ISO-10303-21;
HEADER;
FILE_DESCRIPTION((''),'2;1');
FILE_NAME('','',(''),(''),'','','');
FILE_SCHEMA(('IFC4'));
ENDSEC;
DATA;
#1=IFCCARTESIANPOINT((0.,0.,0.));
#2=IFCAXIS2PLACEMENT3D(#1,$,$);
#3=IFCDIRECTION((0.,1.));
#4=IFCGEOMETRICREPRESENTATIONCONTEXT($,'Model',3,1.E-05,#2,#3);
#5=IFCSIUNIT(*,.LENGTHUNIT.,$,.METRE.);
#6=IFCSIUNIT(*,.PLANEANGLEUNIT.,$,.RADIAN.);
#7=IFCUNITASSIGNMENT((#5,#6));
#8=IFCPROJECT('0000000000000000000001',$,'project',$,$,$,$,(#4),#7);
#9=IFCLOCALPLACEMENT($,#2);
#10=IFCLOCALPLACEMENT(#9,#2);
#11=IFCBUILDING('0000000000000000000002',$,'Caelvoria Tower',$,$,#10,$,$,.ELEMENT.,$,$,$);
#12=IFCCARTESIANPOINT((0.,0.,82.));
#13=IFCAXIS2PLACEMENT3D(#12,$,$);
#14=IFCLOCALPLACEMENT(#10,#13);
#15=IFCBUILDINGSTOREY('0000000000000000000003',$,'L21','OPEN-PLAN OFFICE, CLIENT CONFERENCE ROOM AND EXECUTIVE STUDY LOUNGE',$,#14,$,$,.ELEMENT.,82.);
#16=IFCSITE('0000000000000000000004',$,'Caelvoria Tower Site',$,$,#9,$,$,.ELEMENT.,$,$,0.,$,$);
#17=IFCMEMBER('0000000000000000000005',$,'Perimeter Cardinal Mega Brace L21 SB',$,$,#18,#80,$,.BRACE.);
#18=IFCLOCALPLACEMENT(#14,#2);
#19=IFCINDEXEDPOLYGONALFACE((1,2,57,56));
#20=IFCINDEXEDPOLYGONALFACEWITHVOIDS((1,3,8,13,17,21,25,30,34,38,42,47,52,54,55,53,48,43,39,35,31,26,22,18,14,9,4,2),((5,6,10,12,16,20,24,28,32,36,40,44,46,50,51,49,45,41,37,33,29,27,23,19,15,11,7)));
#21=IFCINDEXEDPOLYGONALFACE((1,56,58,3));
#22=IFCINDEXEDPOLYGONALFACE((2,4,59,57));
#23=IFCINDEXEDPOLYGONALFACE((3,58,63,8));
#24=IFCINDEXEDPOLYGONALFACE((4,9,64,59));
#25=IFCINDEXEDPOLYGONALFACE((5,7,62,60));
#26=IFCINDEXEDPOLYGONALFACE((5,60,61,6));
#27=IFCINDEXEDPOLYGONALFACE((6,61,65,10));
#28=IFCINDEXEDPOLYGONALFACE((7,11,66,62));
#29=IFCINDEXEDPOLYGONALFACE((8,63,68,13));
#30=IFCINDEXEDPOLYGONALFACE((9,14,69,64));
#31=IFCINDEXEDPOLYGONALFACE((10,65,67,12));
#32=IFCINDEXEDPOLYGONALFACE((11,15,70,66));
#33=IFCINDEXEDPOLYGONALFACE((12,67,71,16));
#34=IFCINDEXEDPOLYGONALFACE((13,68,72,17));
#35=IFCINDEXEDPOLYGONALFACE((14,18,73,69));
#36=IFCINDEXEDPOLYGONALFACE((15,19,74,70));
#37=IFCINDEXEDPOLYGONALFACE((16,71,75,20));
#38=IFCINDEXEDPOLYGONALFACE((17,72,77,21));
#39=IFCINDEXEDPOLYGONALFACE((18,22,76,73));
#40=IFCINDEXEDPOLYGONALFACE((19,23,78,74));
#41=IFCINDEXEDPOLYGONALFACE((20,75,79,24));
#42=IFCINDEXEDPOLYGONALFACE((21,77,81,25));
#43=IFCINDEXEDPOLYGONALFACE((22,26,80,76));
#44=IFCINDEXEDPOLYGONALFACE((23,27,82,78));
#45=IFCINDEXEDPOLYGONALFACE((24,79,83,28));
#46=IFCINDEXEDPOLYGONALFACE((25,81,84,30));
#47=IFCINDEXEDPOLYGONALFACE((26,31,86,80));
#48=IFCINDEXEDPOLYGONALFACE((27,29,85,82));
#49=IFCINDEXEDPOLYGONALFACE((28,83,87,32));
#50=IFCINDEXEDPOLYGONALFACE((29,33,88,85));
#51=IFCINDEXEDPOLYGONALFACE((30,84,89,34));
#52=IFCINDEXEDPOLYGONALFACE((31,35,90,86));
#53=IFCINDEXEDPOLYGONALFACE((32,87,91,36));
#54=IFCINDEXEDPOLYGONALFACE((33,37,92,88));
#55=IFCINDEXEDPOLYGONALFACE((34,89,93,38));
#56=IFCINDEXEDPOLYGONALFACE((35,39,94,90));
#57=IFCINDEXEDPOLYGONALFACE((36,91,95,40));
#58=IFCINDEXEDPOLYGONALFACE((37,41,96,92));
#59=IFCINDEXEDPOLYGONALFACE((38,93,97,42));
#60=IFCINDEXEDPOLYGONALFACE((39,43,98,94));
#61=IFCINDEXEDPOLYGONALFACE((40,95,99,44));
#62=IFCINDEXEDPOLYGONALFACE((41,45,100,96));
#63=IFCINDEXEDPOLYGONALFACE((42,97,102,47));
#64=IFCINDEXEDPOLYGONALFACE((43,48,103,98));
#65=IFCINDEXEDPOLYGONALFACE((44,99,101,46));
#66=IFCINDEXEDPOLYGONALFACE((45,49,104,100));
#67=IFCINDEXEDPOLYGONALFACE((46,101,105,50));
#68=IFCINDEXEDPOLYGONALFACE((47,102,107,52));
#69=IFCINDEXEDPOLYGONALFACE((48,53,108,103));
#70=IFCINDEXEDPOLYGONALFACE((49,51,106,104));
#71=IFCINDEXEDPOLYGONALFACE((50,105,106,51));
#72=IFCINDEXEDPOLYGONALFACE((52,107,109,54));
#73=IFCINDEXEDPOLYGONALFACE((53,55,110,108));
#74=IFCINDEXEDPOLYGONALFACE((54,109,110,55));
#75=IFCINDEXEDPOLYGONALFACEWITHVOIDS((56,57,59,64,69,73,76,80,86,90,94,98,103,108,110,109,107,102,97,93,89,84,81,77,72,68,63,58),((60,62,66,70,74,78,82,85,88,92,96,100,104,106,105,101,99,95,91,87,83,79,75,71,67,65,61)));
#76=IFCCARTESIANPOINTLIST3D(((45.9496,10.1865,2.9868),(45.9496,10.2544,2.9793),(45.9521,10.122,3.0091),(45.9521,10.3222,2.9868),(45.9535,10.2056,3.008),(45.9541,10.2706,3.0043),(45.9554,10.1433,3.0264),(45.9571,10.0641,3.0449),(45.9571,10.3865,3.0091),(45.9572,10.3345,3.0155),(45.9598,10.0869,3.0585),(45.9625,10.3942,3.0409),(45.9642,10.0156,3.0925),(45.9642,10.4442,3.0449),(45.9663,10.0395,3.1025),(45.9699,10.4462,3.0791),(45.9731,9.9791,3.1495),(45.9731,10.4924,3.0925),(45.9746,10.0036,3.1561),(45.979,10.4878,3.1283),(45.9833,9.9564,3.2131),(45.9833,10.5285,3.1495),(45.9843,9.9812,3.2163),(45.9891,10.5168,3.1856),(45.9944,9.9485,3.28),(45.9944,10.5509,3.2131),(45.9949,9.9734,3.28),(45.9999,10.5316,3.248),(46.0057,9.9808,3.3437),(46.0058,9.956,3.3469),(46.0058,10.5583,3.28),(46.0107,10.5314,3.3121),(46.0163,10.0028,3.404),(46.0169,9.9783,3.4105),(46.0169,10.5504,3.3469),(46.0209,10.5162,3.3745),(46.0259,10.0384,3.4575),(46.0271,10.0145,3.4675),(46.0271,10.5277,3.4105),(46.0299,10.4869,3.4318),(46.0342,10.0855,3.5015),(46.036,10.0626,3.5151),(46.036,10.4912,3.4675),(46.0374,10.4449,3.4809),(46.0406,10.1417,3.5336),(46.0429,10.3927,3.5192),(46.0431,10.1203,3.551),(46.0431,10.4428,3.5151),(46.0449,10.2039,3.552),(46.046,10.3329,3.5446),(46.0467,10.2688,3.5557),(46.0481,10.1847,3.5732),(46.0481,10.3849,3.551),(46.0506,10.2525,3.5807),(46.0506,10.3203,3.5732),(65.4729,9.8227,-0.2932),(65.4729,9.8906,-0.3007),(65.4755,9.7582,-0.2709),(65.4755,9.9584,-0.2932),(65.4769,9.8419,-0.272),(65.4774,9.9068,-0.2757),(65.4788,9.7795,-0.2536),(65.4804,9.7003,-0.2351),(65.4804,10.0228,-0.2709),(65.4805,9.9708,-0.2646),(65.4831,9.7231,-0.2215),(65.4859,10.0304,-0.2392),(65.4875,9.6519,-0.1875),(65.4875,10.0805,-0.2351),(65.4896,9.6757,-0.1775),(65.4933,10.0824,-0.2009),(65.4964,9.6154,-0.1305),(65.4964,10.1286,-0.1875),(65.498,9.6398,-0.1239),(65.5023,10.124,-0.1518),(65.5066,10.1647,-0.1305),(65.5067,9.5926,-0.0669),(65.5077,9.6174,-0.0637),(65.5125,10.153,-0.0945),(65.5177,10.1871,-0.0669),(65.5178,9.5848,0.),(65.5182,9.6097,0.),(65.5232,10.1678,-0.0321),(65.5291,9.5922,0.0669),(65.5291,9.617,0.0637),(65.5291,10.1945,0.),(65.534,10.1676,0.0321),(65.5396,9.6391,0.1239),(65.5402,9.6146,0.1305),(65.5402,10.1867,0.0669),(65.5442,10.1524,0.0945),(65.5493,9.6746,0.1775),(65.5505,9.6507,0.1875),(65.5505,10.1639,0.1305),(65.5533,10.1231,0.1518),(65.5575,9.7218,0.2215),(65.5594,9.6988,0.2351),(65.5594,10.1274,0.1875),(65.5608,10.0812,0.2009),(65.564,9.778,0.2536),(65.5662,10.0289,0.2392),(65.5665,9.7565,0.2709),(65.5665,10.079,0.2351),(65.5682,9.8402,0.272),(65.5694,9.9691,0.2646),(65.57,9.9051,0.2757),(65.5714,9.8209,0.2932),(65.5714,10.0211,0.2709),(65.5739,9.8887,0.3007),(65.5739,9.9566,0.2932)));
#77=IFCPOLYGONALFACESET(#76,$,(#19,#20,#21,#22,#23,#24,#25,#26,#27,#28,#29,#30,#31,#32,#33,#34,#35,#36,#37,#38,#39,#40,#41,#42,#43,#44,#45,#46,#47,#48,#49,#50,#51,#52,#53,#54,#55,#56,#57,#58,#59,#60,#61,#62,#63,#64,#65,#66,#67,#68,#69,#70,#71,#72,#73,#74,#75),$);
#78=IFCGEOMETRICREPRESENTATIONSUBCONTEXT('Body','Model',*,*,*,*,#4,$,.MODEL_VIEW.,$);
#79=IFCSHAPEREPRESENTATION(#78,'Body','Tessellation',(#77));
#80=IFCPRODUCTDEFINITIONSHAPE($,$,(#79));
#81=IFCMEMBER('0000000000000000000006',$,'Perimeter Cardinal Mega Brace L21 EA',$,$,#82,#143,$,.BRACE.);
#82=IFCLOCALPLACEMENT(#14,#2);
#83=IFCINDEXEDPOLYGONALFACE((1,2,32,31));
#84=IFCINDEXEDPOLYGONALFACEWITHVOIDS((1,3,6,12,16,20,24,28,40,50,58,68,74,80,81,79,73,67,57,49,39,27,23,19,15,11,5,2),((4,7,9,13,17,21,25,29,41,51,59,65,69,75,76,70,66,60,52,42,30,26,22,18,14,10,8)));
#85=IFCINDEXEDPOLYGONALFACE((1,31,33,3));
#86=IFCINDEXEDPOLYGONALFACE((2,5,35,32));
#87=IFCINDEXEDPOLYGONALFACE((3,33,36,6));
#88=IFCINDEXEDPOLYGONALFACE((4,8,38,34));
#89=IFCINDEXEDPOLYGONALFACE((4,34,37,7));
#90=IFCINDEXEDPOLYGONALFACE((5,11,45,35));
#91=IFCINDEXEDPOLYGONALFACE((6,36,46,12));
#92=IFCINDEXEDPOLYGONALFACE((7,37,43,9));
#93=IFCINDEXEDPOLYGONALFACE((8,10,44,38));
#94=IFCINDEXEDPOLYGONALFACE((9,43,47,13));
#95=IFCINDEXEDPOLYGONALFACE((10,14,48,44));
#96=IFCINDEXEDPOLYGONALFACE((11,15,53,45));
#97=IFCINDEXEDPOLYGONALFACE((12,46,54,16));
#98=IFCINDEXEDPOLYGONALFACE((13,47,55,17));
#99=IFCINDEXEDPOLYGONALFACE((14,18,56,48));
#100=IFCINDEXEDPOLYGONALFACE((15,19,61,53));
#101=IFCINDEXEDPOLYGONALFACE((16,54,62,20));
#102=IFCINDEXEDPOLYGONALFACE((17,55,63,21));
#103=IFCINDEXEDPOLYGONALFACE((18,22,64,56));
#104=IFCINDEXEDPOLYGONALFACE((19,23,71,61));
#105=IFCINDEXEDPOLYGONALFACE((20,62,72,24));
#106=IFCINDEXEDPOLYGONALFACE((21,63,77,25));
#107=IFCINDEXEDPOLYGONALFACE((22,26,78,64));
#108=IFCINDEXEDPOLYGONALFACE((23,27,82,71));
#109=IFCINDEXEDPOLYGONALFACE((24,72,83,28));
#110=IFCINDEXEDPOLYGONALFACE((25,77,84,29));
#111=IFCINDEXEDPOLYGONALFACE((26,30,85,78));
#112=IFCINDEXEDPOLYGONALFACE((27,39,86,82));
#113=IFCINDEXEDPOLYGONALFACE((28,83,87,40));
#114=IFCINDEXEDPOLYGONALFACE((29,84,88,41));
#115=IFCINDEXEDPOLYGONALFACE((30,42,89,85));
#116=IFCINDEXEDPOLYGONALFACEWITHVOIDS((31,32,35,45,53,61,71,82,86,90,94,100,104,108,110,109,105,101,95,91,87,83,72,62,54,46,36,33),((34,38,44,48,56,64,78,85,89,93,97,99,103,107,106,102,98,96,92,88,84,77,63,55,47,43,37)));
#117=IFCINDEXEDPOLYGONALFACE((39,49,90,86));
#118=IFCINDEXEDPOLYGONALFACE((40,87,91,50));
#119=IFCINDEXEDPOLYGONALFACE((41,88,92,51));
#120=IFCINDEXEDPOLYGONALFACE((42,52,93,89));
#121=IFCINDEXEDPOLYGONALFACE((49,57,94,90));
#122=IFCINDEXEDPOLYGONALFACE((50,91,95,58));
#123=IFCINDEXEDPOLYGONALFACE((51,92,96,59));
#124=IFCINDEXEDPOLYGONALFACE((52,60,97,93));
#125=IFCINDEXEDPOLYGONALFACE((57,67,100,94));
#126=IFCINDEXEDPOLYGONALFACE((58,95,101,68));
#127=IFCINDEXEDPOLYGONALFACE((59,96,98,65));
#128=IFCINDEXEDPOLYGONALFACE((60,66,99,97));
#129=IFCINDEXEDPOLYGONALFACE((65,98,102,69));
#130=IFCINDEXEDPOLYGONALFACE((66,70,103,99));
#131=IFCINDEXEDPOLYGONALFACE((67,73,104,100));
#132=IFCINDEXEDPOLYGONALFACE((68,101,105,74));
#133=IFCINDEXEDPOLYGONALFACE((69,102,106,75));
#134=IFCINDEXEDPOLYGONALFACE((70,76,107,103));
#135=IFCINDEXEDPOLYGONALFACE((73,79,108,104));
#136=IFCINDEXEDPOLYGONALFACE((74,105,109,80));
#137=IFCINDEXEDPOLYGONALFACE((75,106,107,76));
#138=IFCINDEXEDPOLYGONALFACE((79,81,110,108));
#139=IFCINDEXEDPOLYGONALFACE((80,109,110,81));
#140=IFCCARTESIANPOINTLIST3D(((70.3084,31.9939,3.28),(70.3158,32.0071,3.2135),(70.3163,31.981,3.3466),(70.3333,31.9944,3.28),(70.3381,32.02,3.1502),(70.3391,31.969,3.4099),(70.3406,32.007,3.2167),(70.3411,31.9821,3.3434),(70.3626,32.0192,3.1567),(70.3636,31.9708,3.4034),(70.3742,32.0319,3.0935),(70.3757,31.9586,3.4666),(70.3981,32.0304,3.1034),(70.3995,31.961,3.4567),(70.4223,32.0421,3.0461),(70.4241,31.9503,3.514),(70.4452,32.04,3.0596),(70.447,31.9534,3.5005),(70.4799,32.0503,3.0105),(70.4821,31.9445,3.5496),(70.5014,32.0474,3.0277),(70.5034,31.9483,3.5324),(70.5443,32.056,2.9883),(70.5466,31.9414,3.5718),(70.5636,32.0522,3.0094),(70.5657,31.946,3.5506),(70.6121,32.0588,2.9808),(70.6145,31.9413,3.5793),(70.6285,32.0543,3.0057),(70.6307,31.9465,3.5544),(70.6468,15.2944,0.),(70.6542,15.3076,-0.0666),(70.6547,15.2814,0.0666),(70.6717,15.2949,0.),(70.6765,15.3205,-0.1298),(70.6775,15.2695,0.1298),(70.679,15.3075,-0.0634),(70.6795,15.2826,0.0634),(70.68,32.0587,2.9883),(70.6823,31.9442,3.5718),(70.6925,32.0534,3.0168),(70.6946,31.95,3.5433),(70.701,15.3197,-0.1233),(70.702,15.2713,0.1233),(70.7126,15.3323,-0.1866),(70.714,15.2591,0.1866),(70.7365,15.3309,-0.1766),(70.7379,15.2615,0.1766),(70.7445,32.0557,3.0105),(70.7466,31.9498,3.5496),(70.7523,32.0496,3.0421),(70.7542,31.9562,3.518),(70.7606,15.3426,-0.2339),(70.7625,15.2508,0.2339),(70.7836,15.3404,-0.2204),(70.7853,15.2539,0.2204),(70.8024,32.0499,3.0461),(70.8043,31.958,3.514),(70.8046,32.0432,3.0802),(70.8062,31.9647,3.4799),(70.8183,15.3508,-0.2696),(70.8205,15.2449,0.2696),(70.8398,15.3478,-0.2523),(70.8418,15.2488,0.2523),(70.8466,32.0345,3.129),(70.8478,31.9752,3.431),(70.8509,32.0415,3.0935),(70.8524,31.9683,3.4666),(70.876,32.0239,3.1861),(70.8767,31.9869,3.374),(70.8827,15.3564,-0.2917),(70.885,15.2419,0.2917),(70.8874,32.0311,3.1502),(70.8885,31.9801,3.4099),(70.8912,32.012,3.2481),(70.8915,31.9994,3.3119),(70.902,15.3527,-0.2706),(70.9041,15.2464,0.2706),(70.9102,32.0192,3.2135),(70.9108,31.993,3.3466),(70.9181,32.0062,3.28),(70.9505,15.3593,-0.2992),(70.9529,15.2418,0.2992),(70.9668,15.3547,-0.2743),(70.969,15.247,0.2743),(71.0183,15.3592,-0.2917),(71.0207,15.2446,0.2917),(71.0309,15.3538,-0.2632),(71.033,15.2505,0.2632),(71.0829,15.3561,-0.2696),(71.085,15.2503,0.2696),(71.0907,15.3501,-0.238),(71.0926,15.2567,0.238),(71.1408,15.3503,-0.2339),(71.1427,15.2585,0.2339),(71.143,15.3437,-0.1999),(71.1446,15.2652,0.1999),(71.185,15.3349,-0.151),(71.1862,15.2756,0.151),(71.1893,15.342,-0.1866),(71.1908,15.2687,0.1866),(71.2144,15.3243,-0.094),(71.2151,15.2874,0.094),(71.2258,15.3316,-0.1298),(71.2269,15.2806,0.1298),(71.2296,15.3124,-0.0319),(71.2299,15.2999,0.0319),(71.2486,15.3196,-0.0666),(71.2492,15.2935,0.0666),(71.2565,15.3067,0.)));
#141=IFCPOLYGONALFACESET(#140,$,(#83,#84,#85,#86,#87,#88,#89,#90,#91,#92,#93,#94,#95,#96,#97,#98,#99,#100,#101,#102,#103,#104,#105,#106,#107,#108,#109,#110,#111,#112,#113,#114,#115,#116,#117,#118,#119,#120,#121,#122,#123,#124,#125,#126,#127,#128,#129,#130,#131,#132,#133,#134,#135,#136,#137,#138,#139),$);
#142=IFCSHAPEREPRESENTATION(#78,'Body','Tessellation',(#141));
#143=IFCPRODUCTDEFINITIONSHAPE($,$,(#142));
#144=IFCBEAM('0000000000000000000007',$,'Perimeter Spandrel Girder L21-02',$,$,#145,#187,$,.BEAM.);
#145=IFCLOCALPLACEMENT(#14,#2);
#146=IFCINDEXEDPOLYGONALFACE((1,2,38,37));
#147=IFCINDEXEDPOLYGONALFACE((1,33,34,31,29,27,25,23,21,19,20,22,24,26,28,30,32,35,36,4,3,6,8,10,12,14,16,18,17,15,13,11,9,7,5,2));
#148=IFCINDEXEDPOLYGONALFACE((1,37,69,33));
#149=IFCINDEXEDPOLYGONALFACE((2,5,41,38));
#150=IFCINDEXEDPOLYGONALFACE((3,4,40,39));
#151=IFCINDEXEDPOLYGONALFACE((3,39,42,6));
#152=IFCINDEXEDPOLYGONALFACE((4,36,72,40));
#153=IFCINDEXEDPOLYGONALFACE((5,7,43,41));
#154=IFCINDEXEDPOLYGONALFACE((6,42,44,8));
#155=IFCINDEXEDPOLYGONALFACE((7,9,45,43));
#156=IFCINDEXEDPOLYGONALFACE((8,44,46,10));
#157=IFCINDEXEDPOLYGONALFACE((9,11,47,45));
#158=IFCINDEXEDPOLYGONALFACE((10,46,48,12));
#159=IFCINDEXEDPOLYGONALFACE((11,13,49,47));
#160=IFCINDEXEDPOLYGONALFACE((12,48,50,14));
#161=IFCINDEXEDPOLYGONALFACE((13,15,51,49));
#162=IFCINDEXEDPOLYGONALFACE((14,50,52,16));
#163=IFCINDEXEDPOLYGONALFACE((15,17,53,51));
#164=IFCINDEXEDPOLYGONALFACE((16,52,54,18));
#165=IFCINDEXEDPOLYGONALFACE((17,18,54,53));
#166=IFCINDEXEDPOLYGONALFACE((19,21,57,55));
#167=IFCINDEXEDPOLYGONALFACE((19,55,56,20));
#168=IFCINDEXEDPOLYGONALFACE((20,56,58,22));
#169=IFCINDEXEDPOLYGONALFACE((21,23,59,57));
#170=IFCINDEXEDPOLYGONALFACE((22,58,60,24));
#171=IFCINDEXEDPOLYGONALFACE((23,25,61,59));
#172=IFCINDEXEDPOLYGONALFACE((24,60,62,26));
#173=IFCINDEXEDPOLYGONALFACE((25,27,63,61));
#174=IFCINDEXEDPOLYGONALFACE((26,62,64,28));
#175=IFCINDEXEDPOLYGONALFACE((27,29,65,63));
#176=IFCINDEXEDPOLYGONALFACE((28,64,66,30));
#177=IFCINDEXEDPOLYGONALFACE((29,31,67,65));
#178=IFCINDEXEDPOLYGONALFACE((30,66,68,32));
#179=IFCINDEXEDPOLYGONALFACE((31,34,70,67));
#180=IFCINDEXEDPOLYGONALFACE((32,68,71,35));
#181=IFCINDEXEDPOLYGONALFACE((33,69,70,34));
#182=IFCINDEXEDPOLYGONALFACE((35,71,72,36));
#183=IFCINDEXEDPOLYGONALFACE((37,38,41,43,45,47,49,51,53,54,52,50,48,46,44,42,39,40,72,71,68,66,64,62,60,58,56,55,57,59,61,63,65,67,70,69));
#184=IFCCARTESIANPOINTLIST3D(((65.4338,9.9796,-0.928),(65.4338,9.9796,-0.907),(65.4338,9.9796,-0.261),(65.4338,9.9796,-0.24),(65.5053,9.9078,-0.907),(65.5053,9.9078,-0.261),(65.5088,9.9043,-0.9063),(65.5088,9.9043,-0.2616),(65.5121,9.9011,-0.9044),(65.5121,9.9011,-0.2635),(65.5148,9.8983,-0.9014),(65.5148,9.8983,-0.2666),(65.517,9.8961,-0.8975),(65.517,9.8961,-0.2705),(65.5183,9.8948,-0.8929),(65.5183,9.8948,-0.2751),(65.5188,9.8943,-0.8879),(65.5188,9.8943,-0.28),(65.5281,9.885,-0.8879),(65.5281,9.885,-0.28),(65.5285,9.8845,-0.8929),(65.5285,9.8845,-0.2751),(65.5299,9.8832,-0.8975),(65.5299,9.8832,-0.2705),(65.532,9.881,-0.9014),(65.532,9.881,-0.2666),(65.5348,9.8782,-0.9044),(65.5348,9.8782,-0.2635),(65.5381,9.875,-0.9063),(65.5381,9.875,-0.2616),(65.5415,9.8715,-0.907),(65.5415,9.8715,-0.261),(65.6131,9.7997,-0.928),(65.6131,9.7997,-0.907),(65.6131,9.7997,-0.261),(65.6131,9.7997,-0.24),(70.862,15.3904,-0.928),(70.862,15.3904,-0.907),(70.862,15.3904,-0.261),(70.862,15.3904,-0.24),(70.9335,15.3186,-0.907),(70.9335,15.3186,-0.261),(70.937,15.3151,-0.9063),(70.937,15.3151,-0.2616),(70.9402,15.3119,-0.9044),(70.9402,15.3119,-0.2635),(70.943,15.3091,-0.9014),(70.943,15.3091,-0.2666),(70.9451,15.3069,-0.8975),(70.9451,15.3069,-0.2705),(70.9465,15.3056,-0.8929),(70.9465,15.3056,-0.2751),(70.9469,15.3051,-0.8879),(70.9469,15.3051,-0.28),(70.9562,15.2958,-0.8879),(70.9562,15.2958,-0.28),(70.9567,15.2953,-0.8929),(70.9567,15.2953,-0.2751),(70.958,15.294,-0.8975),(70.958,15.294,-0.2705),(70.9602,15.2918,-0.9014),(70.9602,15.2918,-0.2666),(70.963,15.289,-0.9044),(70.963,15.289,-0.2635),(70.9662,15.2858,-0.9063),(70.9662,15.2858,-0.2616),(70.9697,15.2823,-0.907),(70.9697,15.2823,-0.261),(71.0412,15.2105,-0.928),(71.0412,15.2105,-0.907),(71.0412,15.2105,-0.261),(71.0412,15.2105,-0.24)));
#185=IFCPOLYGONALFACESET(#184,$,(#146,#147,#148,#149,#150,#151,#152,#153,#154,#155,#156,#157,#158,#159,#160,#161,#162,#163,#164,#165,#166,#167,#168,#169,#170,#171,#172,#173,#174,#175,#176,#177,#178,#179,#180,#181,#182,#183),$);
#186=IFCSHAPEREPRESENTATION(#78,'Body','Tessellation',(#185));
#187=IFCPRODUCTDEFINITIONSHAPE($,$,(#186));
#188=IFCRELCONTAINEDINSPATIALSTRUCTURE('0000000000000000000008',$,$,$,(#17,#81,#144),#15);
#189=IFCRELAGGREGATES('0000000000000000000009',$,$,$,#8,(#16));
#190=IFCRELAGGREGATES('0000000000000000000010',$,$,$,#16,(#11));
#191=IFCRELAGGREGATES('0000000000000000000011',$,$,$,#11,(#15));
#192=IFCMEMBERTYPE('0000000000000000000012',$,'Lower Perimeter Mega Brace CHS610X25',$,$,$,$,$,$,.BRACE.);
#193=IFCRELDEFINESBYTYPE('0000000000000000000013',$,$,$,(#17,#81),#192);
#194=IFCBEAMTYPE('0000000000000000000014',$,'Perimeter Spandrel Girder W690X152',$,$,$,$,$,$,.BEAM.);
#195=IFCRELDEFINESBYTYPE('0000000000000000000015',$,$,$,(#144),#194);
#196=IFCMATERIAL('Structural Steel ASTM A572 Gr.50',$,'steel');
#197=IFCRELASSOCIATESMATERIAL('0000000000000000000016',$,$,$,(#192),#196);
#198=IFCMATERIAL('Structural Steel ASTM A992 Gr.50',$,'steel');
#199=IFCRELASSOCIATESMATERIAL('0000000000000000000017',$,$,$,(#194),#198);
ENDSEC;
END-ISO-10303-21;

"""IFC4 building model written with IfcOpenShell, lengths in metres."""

from ifc_helpers import new_model, si_unit, direction, frame, origin, origin_2d, place, context, subcontext, project, spatial, hollow_circle, i_section, extrude, material, material_profile, profile_set, type_object, element, save


model = new_model("IFC4")

# Units and contexts
model_context = context("Model", 3, precision=1e-05, world=origin(), true_north=direction((0.0, 1.0)))
body_context = subcontext(model_context, "Body", "Model", "MODEL_VIEW")
ifc_project = project(units=[si_unit("LENGTHUNIT", "METRE"), si_unit("PLANEANGLEUNIT", "RADIAN")], contexts=[model_context])

# Site, building, storey
site_placement = place(None, origin())
site = spatial("IfcSite", under=ifc_project, at=site_placement, Name="Caelvoria Tower Site", CompositionType="ELEMENT", RefElevation=0.0)
building_placement = place(site_placement, origin())
building = spatial("IfcBuilding", under=site, at=building_placement, Name="Caelvoria Tower", CompositionType="ELEMENT")
storey_placement = place(building_placement, frame((0.0, 0.0, 82.0)))
storey = spatial("IfcBuildingStorey", under=building, at=storey_placement, Name="L21", Description="OPEN-PLAN OFFICE, CLIENT CONFERENCE ROOM AND EXECUTIVE STUDY LOUNGE", CompositionType="ELEMENT", Elevation=82.0)

# Shared definitions
ifc_material_1 = material(Name="Structural Steel ASTM A572 Gr.50", Category="steel")

# Members
ifc_material_profile_1 = material_profile(ifc_material_1, hollow_circle(Radius=0.3049, WallThickness=0.0249, at=origin_2d()), Name="Structural Steel ASTM A572 Gr.50")
ifc_profile_set_1 = profile_set([ifc_material_profile_1], Name="CHS610X25 - Structural Steel ASTM A572 Gr.50")
member_type = type_object("IfcMemberType", Name="Lower Perimeter Mega Brace CHS610X25", PredefinedType="BRACE", material=ifc_profile_set_1)
member_1_placement = place(storey_placement, frame((65.5234, 9.8896, 0.0), z_axis=(-0.986013, 0.018372, 0.165655), x_axis=(-0.018629, -0.999826, 0.0)))
element("IfcMember", 1, at=member_1_placement, inside=storey, type_object=member_type, Name="Perimeter Cardinal Mega Brace L21 SB", PredefinedType="BRACE", context=body_context, shape_type="SweptSolid", body=[
    extrude(hollow_circle(Radius=0.3049, WallThickness=0.0249, at=origin_2d()), origin(), (0.0, 0.0, 1.0), 19.8003),
])
member_2_placement = place(storey_placement, frame((70.9517, 15.3005, 0.0), z_axis=(-0.019879, 0.981057, 0.192695), x_axis=(-0.999795, -0.020259, 0.0)))
element("IfcMember", 2, at=member_2_placement, inside=storey, type_object=member_type, Name="Perimeter Cardinal Mega Brace L21 EA", PredefinedType="BRACE", context=body_context, shape_type="SweptSolid", body=[
    extrude(hollow_circle(Radius=0.3049, WallThickness=0.0249, at=origin_2d()), origin(), (0.0, 0.0, 1.0), 17.022),
])

# Beam
ifc_material_2 = material(Name="Structural Steel ASTM A992 Gr.50", Category="steel")
ifc_material_profile_2 = material_profile(ifc_material_2, i_section(OverallWidth=0.2539, OverallDepth=0.688, WebThickness=0.0132, FlangeThickness=0.021, FilletRadius=0.019, at=origin_2d()), Name="Structural Steel ASTM A992 Gr.50")
ifc_profile_set_2 = profile_set([ifc_material_profile_2], Name="W690X152 - Structural Steel ASTM A992 Gr.50")
beam_type = type_object("IfcBeamType", Name="Perimeter Spandrel Girder W690X152", PredefinedType="BEAM", material=ifc_profile_set_2)
beam_placement = place(storey_placement, frame((65.5234, 9.8896, -0.584), z_axis=(0.708237, 0.705975, 0.0), x_axis=(-0.705975, 0.708237, 0.0)))
element("IfcBeam", 3, at=beam_placement, inside=storey, type_object=beam_type, Name="Perimeter Spandrel Girder L21-02", PredefinedType="BEAM", context=body_context, shape_type="SweptSolid", body=[
    extrude(i_section(OverallWidth=0.2539, OverallDepth=0.688, WebThickness=0.0132, FlangeThickness=0.021, FilletRadius=0.019, at=origin_2d()), origin(), (0.0, 0.0, 1.0), 7.6643),
])

save(model, "model.ifc")
